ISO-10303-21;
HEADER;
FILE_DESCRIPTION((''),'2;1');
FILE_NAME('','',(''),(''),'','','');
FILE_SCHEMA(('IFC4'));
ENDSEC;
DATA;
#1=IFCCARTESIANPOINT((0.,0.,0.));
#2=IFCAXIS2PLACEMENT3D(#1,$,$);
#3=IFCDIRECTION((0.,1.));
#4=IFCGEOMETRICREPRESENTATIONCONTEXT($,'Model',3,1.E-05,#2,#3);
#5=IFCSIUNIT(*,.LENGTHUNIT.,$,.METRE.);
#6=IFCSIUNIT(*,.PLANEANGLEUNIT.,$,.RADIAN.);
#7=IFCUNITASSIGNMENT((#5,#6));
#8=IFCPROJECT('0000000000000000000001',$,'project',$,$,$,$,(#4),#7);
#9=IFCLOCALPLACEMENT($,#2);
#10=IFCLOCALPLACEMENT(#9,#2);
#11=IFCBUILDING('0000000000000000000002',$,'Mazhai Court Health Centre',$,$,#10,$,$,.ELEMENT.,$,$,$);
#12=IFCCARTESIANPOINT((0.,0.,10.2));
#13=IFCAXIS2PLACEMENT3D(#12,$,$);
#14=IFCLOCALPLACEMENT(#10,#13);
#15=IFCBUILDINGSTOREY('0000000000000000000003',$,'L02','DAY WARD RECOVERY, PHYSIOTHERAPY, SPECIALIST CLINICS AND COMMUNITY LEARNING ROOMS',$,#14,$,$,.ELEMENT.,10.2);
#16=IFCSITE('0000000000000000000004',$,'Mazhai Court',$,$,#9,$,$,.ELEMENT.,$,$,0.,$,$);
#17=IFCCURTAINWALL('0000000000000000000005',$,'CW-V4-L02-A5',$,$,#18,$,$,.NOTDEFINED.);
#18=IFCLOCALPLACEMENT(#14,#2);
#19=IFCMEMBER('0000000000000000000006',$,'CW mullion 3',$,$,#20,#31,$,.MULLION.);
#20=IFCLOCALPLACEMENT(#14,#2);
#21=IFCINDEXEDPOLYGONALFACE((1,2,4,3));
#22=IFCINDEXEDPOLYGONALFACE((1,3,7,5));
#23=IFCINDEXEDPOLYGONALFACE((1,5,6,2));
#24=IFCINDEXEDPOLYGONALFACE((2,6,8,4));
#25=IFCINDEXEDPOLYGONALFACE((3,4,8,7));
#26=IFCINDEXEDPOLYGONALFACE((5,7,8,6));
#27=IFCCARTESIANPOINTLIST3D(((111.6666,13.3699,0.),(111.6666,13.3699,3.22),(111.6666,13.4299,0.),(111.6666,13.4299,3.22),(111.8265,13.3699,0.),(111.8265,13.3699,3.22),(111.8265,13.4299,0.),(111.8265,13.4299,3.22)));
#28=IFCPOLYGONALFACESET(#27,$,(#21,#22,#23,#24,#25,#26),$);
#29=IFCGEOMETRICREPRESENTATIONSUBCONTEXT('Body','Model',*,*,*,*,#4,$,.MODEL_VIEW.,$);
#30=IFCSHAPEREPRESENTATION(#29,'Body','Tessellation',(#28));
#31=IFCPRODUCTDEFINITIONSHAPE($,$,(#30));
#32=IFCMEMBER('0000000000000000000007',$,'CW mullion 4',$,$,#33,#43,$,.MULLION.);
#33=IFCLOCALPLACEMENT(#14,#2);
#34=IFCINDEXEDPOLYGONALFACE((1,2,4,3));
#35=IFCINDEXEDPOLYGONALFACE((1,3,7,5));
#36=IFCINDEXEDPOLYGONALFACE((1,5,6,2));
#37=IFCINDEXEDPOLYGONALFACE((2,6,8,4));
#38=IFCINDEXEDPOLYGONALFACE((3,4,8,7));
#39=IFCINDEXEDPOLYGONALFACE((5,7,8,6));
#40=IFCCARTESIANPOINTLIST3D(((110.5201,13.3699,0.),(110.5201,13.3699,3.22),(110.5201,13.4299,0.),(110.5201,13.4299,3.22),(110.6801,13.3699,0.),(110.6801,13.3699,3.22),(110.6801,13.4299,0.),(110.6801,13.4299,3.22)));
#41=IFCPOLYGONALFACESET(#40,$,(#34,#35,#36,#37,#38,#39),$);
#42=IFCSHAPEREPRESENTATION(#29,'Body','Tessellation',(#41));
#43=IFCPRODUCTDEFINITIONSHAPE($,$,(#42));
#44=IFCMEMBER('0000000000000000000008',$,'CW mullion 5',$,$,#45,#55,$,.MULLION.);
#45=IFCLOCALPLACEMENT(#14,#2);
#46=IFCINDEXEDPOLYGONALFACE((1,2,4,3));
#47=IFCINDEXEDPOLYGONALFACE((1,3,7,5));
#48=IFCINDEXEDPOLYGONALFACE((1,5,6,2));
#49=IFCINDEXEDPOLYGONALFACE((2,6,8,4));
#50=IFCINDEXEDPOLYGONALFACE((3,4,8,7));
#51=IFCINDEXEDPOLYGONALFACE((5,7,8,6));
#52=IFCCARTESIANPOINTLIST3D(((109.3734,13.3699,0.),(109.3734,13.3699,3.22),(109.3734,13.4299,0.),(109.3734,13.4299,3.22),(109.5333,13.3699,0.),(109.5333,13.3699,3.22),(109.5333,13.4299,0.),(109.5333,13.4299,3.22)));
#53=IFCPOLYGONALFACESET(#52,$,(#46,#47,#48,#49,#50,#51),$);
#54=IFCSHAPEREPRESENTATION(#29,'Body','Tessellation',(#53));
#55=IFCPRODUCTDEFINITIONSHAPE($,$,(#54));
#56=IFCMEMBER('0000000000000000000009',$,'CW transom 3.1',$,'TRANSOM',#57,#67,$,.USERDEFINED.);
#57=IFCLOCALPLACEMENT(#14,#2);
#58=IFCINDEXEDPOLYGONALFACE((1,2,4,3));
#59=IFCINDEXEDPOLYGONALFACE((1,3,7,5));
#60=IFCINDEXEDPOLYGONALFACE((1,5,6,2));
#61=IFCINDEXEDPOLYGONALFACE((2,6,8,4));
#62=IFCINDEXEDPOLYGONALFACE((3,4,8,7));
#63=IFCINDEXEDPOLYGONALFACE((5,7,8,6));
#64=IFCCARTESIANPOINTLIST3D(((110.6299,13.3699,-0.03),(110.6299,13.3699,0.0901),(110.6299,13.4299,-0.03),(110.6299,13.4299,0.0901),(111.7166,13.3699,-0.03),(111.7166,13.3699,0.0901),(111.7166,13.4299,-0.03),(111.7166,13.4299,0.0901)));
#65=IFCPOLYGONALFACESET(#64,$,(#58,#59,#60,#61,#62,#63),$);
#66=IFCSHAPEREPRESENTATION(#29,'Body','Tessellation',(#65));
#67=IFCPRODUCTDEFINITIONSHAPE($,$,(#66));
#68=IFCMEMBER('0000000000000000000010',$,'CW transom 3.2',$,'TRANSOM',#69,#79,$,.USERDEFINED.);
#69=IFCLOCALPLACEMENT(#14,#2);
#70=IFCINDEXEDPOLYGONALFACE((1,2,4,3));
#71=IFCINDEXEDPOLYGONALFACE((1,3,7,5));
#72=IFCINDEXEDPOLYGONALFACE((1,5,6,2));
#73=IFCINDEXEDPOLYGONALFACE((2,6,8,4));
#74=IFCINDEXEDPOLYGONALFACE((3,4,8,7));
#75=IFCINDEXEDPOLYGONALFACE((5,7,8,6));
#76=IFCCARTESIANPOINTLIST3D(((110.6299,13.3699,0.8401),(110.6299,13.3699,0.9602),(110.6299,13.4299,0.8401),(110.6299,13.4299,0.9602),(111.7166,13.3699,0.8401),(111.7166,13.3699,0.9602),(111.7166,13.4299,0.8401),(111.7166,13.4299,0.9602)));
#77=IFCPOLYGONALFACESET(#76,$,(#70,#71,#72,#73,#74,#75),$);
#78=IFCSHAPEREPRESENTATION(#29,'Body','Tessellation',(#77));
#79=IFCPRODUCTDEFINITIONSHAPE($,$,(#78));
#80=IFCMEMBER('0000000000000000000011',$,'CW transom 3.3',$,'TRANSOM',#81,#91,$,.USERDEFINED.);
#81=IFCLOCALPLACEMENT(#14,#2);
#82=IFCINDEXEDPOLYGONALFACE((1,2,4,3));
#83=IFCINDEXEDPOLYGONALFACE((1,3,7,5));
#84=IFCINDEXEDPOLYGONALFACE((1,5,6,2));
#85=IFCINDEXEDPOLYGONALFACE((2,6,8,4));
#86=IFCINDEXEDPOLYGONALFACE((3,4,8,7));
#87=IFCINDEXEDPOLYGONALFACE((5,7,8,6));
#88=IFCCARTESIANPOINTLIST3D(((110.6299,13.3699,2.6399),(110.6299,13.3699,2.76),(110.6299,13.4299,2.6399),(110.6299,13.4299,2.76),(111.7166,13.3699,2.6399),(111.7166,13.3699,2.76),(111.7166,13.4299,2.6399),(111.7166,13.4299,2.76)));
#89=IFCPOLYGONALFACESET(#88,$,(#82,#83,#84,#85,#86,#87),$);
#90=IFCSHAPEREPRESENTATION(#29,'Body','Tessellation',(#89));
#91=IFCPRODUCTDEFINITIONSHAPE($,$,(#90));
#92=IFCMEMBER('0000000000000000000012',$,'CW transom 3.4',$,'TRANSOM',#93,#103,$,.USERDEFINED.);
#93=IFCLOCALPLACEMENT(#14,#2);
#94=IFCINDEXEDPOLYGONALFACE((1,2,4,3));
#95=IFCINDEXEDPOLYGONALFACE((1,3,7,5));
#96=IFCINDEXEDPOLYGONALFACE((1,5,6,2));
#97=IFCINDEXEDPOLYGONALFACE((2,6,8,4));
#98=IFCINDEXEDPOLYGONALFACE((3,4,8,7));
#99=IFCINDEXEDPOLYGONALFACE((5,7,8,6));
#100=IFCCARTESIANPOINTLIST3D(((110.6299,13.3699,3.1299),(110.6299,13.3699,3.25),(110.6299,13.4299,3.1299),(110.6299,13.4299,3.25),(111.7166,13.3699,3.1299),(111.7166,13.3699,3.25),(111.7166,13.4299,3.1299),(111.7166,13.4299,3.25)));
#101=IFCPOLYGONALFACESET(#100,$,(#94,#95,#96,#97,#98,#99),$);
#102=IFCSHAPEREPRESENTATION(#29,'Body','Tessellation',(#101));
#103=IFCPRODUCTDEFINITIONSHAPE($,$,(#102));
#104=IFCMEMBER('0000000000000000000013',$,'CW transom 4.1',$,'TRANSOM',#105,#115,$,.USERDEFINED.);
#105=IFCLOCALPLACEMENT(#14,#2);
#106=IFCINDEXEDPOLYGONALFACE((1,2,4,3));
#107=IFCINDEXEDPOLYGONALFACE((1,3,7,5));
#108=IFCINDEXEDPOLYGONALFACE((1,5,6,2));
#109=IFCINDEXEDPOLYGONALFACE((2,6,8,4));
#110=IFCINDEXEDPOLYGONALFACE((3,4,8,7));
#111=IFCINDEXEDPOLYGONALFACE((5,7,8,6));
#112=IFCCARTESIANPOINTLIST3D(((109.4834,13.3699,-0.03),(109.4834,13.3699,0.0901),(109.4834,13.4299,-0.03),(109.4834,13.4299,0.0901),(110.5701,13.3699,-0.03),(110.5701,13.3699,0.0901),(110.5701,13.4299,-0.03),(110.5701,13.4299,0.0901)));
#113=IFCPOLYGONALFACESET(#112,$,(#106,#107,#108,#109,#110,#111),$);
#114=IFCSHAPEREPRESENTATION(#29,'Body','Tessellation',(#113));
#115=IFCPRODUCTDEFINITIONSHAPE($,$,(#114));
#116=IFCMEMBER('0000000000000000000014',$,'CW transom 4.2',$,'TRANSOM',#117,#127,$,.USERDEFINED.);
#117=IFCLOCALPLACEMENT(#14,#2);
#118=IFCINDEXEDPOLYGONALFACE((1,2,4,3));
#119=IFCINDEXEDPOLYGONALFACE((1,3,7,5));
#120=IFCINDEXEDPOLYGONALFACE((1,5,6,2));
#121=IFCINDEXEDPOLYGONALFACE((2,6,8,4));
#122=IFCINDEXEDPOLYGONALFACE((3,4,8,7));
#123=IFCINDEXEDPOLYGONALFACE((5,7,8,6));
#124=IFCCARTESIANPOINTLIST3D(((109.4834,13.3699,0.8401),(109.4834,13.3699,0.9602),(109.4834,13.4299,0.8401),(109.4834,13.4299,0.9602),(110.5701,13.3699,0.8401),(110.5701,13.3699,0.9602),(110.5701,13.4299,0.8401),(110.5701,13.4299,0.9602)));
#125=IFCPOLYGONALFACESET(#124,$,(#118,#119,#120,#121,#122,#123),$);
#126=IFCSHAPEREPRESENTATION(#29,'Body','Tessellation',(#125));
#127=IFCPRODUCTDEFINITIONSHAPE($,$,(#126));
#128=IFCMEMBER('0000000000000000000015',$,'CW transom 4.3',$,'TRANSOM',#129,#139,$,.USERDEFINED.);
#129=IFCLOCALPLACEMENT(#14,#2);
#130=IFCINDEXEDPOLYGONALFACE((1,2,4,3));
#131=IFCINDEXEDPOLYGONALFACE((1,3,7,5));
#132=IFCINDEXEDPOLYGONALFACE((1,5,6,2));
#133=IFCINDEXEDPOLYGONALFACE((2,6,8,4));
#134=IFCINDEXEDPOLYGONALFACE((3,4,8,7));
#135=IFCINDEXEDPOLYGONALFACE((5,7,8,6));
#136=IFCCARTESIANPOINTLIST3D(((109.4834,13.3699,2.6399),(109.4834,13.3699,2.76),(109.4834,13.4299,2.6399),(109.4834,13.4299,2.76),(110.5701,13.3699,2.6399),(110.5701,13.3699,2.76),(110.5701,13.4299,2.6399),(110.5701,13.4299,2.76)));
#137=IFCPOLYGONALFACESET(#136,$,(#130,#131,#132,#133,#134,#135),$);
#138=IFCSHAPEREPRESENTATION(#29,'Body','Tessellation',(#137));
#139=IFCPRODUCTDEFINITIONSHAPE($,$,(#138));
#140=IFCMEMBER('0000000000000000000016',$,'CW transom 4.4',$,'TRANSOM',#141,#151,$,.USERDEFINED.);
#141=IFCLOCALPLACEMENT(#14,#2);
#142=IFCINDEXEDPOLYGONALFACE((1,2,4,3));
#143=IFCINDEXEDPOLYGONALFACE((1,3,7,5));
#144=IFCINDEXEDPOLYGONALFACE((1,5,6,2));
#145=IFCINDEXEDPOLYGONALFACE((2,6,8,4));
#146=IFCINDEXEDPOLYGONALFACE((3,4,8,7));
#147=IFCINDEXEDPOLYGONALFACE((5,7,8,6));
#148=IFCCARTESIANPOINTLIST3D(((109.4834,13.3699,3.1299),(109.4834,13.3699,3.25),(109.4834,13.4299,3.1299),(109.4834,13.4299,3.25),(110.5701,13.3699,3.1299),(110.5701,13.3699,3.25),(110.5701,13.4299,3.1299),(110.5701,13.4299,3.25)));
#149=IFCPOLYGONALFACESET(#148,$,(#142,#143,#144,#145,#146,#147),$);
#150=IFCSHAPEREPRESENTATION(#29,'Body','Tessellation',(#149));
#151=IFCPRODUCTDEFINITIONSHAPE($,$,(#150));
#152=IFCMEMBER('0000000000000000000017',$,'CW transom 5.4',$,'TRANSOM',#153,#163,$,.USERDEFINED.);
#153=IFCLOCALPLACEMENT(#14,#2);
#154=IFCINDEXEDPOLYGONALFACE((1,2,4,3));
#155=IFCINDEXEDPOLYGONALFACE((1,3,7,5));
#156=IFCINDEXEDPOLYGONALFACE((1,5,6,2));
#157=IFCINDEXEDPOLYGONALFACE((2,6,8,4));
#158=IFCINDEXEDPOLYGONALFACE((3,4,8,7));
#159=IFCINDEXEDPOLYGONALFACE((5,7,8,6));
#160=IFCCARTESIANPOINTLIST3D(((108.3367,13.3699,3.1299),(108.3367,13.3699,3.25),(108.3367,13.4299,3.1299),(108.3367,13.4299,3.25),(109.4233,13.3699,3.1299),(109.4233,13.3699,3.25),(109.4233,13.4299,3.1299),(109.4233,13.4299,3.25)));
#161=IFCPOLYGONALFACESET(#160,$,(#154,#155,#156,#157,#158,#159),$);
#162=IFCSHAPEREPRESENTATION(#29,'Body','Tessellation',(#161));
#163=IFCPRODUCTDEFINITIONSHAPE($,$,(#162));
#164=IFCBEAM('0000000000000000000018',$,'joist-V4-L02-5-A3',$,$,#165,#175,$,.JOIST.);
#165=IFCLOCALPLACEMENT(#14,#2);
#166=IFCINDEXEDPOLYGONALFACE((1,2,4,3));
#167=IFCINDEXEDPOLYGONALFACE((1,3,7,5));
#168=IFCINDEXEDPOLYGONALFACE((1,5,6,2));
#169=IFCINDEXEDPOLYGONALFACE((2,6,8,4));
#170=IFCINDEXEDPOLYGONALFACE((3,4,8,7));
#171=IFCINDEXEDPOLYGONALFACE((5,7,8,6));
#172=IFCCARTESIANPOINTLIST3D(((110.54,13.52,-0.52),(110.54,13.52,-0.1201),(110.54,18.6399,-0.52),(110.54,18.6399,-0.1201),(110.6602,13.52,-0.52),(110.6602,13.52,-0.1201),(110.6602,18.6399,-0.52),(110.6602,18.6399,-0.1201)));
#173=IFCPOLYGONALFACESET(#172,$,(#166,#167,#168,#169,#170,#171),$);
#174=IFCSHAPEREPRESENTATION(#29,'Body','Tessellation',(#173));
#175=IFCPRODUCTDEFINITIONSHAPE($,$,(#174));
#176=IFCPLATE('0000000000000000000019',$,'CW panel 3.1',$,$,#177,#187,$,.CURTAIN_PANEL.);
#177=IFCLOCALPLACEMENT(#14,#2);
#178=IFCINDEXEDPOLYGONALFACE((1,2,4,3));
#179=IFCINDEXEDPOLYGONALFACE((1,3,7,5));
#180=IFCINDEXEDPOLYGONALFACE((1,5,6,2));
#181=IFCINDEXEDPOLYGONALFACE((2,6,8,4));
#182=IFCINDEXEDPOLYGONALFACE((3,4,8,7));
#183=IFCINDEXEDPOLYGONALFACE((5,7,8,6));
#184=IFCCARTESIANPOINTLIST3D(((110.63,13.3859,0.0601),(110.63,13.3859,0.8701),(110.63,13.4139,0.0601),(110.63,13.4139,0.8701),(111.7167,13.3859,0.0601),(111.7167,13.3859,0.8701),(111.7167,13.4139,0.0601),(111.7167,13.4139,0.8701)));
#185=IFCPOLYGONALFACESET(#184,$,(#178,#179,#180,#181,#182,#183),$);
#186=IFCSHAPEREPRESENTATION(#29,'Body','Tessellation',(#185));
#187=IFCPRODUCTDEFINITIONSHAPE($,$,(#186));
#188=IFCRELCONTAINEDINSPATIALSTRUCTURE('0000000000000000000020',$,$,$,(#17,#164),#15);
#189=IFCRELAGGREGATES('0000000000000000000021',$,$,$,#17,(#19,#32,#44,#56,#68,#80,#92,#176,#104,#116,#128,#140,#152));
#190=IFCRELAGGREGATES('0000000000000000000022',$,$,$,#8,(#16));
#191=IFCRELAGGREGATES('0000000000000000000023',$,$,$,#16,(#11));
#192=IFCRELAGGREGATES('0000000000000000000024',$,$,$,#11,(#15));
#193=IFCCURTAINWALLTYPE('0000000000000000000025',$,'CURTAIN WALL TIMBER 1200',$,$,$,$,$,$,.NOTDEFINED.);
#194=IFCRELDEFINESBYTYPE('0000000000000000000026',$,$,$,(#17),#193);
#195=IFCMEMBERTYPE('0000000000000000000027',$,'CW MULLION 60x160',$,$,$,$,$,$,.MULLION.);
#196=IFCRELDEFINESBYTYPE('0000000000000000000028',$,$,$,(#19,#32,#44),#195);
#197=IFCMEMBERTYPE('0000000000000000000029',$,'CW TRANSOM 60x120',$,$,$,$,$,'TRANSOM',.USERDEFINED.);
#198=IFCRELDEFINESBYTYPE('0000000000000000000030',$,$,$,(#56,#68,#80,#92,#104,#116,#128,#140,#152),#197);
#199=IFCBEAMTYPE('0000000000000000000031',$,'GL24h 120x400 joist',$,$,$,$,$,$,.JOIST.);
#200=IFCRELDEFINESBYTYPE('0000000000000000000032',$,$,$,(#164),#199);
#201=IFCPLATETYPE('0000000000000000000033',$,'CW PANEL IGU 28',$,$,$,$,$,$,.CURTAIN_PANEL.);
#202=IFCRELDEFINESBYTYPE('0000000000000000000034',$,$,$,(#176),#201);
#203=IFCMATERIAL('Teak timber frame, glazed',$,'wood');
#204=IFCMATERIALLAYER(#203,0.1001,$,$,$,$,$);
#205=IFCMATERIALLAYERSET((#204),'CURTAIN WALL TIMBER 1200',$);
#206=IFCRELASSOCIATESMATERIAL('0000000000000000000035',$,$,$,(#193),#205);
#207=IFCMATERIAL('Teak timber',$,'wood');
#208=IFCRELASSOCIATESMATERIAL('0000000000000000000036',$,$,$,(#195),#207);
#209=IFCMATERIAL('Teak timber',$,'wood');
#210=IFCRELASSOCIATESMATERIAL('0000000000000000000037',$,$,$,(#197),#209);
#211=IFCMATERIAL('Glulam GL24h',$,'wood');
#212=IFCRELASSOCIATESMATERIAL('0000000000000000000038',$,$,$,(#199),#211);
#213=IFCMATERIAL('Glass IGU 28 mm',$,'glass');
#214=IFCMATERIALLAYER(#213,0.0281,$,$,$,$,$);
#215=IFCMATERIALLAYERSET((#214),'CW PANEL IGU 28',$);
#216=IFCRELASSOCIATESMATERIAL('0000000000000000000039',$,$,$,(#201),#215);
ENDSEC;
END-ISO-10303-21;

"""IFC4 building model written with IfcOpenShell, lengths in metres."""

from ifc_helpers import new_model, si_unit, direction, frame, origin, origin_2d, place, context, subcontext, project, spatial, rectangle, extrude, material, layer, layer_set, material_profile, profile_set, type_object, element, aggregate, save


model = new_model("IFC4")

# Units and contexts
model_context = context("Model", 3, precision=1e-05, world=origin(), true_north=direction((0.0, 1.0)))
body_context = subcontext(model_context, "Body", "Model", "MODEL_VIEW")
ifc_project = project(units=[si_unit("LENGTHUNIT", "METRE"), si_unit("PLANEANGLEUNIT", "RADIAN")], contexts=[model_context])

# Site, building, storey
site_placement = place(None, origin())
site = spatial("IfcSite", under=ifc_project, at=site_placement, Name="Mazhai Court", CompositionType="ELEMENT", RefElevation=0.0)
building_placement = place(site_placement, origin())
building = spatial("IfcBuilding", under=site, at=building_placement, Name="Mazhai Court Health Centre", CompositionType="ELEMENT")
storey_placement = place(building_placement, frame((0.0, 0.0, 10.2)))
storey = spatial("IfcBuildingStorey", under=building, at=storey_placement, Name="L02", Description="DAY WARD RECOVERY, PHYSIOTHERAPY, SPECIALIST CLINICS AND COMMUNITY LEARNING ROOMS", CompositionType="ELEMENT", Elevation=10.2)

# Curtain wall, members
ifc_material_1 = material(Name="Teak timber frame, glazed", Category="wood")
ifc_layer_1 = layer(ifc_material_1, 0.1001)
ifc_layer_set_1 = layer_set([ifc_layer_1], Name="CURTAIN WALL TIMBER 1200")
curtain_wall_type = type_object("IfcCurtainWallType", Name="CURTAIN WALL TIMBER 1200", PredefinedType="NOTDEFINED", material=ifc_layer_set_1)
curtain_wall_placement = place(storey_placement, origin())
curtain_wall = element("IfcCurtainWall", 1, at=curtain_wall_placement, inside=storey, type_object=curtain_wall_type, Name="CW-V4-L02-A5", PredefinedType="NOTDEFINED")
ifc_material_2 = material(Name="Teak timber", Category="wood")
ifc_material_profile_1 = material_profile(ifc_material_2, rectangle(XDim=0.0601, YDim=0.1599, at=origin_2d()), Name="CW MULLION 60x160")
ifc_profile_set_1 = profile_set([ifc_material_profile_1], Name="Teak timber")
member_type_1 = type_object("IfcMemberType", Name="CW MULLION 60x160", PredefinedType="MULLION", material=ifc_profile_set_1)
member_1_placement = place(storey_placement, frame((111.7466, 13.3999, 0.0), z_axis=(0.0, 0.0, 1.0), x_axis=(0.0, -1.0, 0.0)))
member_1 = element("IfcMember", 2, at=member_1_placement, type_object=member_type_1, Name="CW mullion 3", PredefinedType="MULLION", context=body_context, shape_type="SweptSolid", body=[
    extrude(rectangle(XDim=0.0601, YDim=0.1599, at=origin_2d()), origin(), (0.0, 0.0, 1.0), 3.22),
])
member_2_placement = place(storey_placement, frame((110.6001, 13.3999, 0.0), z_axis=(0.0, 0.0, 1.0), x_axis=(0.0, -1.0, 0.0)))
member_2 = element("IfcMember", 3, at=member_2_placement, type_object=member_type_1, Name="CW mullion 4", PredefinedType="MULLION", context=body_context, shape_type="SweptSolid", body=[
    extrude(rectangle(XDim=0.0601, YDim=0.1599, at=origin_2d()), origin(), (0.0, 0.0, 1.0), 3.22),
])
member_3_placement = place(storey_placement, frame((109.4534, 13.3999, 0.0), z_axis=(0.0, 0.0, 1.0), x_axis=(0.0, -1.0, 0.0)))
member_3 = element("IfcMember", 4, at=member_3_placement, type_object=member_type_1, Name="CW mullion 5", PredefinedType="MULLION", context=body_context, shape_type="SweptSolid", body=[
    extrude(rectangle(XDim=0.0601, YDim=0.1599, at=origin_2d()), origin(), (0.0, 0.0, 1.0), 3.22),
])
ifc_material_3 = material(Name="Teak timber", Category="wood")
ifc_material_profile_2 = material_profile(ifc_material_3, rectangle(XDim=0.0601, YDim=0.1201, at=origin_2d()), Name="CW TRANSOM 60x120")
ifc_profile_set_2 = profile_set([ifc_material_profile_2], Name="Teak timber")
member_type_2 = type_object("IfcMemberType", Name="CW TRANSOM 60x120", ElementType="TRANSOM", PredefinedType="USERDEFINED", material=ifc_profile_set_2)
member_4_placement = place(storey_placement, frame((111.7166, 13.3999, 0.03), z_axis=(-1.0, 0.0, 0.0), x_axis=(0.0, -1.0, 0.0)))
member_4 = element("IfcMember", 5, at=member_4_placement, type_object=member_type_2, Name="CW transom 3.1", ObjectType="TRANSOM", PredefinedType="USERDEFINED", context=body_context, shape_type="SweptSolid", body=[
    extrude(rectangle(XDim=0.0601, YDim=0.1201, at=origin_2d()), origin(), (0.0, 0.0, 1.0), 1.0867),
])
member_5_placement = place(storey_placement, frame((111.7166, 13.3999, 0.9001), z_axis=(-1.0, 0.0, 0.0), x_axis=(0.0, -1.0, 0.0)))
member_5 = element("IfcMember", 6, at=member_5_placement, type_object=member_type_2, Name="CW transom 3.2", ObjectType="TRANSOM", PredefinedType="USERDEFINED", context=body_context, shape_type="SweptSolid", body=[
    extrude(rectangle(XDim=0.0601, YDim=0.1201, at=origin_2d()), origin(), (0.0, 0.0, 1.0), 1.0867),
])
member_6_placement = place(storey_placement, frame((111.7166, 13.3999, 2.7), z_axis=(-1.0, 0.0, 0.0), x_axis=(0.0, -1.0, 0.0)))
member_6 = element("IfcMember", 7, at=member_6_placement, type_object=member_type_2, Name="CW transom 3.3", ObjectType="TRANSOM", PredefinedType="USERDEFINED", context=body_context, shape_type="SweptSolid", body=[
    extrude(rectangle(XDim=0.0601, YDim=0.1201, at=origin_2d()), origin(), (0.0, 0.0, 1.0), 1.0867),
])
member_7_placement = place(storey_placement, frame((111.7166, 13.3999, 3.1899), z_axis=(-1.0, 0.0, 0.0), x_axis=(0.0, -1.0, 0.0)))
member_7 = element("IfcMember", 8, at=member_7_placement, type_object=member_type_2, Name="CW transom 3.4", ObjectType="TRANSOM", PredefinedType="USERDEFINED", context=body_context, shape_type="SweptSolid", body=[
    extrude(rectangle(XDim=0.0601, YDim=0.1201, at=origin_2d()), origin(), (0.0, 0.0, 1.0), 1.0867),
])
member_8_placement = place(storey_placement, frame((110.5701, 13.3999, 0.03), z_axis=(-1.0, 0.0, 0.0), x_axis=(0.0, -1.0, 0.0)))
member_8 = element("IfcMember", 9, at=member_8_placement, type_object=member_type_2, Name="CW transom 4.1", ObjectType="TRANSOM", PredefinedType="USERDEFINED", context=body_context, shape_type="SweptSolid", body=[
    extrude(rectangle(XDim=0.0601, YDim=0.1201, at=origin_2d()), origin(), (0.0, 0.0, 1.0), 1.0867),
])
member_9_placement = place(storey_placement, frame((110.5701, 13.3999, 0.9001), z_axis=(-1.0, 0.0, 0.0), x_axis=(0.0, -1.0, 0.0)))
member_9 = element("IfcMember", 10, at=member_9_placement, type_object=member_type_2, Name="CW transom 4.2", ObjectType="TRANSOM", PredefinedType="USERDEFINED", context=body_context, shape_type="SweptSolid", body=[
    extrude(rectangle(XDim=0.0601, YDim=0.1201, at=origin_2d()), origin(), (0.0, 0.0, 1.0), 1.0867),
])
member_10_placement = place(storey_placement, frame((110.5701, 13.3999, 2.7), z_axis=(-1.0, 0.0, 0.0), x_axis=(0.0, -1.0, 0.0)))
member_10 = element("IfcMember", 11, at=member_10_placement, type_object=member_type_2, Name="CW transom 4.3", ObjectType="TRANSOM", PredefinedType="USERDEFINED", context=body_context, shape_type="SweptSolid", body=[
    extrude(rectangle(XDim=0.0601, YDim=0.1201, at=origin_2d()), origin(), (0.0, 0.0, 1.0), 1.0867),
])
member_11_placement = place(storey_placement, frame((110.5701, 13.3999, 3.1899), z_axis=(-1.0, 0.0, 0.0), x_axis=(0.0, -1.0, 0.0)))
member_11 = element("IfcMember", 12, at=member_11_placement, type_object=member_type_2, Name="CW transom 4.4", ObjectType="TRANSOM", PredefinedType="USERDEFINED", context=body_context, shape_type="SweptSolid", body=[
    extrude(rectangle(XDim=0.0601, YDim=0.1201, at=origin_2d()), origin(), (0.0, 0.0, 1.0), 1.0867),
])
member_12_placement = place(storey_placement, frame((109.4233, 13.3999, 3.1899), z_axis=(-1.0, 0.0, 0.0), x_axis=(0.0, -1.0, 0.0)))
member_12 = element("IfcMember", 13, at=member_12_placement, type_object=member_type_2, Name="CW transom 5.4", ObjectType="TRANSOM", PredefinedType="USERDEFINED", context=body_context, shape_type="SweptSolid", body=[
    extrude(rectangle(XDim=0.0601, YDim=0.1201, at=origin_2d()), origin(), (0.0, 0.0, 1.0), 1.0867),
])

# Beam
ifc_material_4 = material(Name="Glulam GL24h", Category="wood")
ifc_material_profile_3 = material_profile(ifc_material_4, rectangle(XDim=0.1201, YDim=0.3999, at=origin_2d()), Name="GL24h 120x400")
ifc_profile_set_3 = profile_set([ifc_material_profile_3], Name="Glulam GL24h")
beam_type = type_object("IfcBeamType", Name="GL24h 120x400 joist", PredefinedType="JOIST", material=ifc_profile_set_3)
beam_placement = place(storey_placement, frame((110.6001, 13.52, -0.3201), z_axis=(0.0, 1.0, 0.0), x_axis=(-1.0, 0.0, 0.0)))
element("IfcBeam", 14, at=beam_placement, inside=storey, type_object=beam_type, Name="joist-V4-L02-5-A3", PredefinedType="JOIST", context=body_context, shape_type="SweptSolid", body=[
    extrude(rectangle(XDim=0.1201, YDim=0.3999, at=origin_2d()), origin(), (0.0, 0.0, 1.0), 5.1199),
])

# Plate
ifc_material_5 = material(Name="Glass IGU 28 mm", Category="glass")
ifc_layer_2 = layer(ifc_material_5, 0.0281)
ifc_layer_set_2 = layer_set([ifc_layer_2], Name="CW PANEL IGU 28")
plate_type = type_object("IfcPlateType", Name="CW PANEL IGU 28", PredefinedType="CURTAIN_PANEL", material=ifc_layer_set_2)
plate_1_placement = place(storey_placement, frame((111.1733, 13.3999, 0.0601), z_axis=(0.0, 0.0, 1.0), x_axis=(-1.0, 0.0, 0.0)))
plate_1 = element("IfcPlate", 15, at=plate_1_placement, type_object=plate_type, Name="CW panel 3.1", PredefinedType="CURTAIN_PANEL", context=body_context, shape_type="SweptSolid", body=[
    extrude(rectangle(XDim=1.0867, YDim=0.0281, at=origin_2d()), origin(), (0.0, 0.0, 1.0), 0.8101),
])
aggregate(curtain_wall, [member_1, member_2, member_3, member_4, member_5, member_6, member_7, plate_1, member_8, member_9, member_10, member_11, member_12])

save(model, "model.ifc")
